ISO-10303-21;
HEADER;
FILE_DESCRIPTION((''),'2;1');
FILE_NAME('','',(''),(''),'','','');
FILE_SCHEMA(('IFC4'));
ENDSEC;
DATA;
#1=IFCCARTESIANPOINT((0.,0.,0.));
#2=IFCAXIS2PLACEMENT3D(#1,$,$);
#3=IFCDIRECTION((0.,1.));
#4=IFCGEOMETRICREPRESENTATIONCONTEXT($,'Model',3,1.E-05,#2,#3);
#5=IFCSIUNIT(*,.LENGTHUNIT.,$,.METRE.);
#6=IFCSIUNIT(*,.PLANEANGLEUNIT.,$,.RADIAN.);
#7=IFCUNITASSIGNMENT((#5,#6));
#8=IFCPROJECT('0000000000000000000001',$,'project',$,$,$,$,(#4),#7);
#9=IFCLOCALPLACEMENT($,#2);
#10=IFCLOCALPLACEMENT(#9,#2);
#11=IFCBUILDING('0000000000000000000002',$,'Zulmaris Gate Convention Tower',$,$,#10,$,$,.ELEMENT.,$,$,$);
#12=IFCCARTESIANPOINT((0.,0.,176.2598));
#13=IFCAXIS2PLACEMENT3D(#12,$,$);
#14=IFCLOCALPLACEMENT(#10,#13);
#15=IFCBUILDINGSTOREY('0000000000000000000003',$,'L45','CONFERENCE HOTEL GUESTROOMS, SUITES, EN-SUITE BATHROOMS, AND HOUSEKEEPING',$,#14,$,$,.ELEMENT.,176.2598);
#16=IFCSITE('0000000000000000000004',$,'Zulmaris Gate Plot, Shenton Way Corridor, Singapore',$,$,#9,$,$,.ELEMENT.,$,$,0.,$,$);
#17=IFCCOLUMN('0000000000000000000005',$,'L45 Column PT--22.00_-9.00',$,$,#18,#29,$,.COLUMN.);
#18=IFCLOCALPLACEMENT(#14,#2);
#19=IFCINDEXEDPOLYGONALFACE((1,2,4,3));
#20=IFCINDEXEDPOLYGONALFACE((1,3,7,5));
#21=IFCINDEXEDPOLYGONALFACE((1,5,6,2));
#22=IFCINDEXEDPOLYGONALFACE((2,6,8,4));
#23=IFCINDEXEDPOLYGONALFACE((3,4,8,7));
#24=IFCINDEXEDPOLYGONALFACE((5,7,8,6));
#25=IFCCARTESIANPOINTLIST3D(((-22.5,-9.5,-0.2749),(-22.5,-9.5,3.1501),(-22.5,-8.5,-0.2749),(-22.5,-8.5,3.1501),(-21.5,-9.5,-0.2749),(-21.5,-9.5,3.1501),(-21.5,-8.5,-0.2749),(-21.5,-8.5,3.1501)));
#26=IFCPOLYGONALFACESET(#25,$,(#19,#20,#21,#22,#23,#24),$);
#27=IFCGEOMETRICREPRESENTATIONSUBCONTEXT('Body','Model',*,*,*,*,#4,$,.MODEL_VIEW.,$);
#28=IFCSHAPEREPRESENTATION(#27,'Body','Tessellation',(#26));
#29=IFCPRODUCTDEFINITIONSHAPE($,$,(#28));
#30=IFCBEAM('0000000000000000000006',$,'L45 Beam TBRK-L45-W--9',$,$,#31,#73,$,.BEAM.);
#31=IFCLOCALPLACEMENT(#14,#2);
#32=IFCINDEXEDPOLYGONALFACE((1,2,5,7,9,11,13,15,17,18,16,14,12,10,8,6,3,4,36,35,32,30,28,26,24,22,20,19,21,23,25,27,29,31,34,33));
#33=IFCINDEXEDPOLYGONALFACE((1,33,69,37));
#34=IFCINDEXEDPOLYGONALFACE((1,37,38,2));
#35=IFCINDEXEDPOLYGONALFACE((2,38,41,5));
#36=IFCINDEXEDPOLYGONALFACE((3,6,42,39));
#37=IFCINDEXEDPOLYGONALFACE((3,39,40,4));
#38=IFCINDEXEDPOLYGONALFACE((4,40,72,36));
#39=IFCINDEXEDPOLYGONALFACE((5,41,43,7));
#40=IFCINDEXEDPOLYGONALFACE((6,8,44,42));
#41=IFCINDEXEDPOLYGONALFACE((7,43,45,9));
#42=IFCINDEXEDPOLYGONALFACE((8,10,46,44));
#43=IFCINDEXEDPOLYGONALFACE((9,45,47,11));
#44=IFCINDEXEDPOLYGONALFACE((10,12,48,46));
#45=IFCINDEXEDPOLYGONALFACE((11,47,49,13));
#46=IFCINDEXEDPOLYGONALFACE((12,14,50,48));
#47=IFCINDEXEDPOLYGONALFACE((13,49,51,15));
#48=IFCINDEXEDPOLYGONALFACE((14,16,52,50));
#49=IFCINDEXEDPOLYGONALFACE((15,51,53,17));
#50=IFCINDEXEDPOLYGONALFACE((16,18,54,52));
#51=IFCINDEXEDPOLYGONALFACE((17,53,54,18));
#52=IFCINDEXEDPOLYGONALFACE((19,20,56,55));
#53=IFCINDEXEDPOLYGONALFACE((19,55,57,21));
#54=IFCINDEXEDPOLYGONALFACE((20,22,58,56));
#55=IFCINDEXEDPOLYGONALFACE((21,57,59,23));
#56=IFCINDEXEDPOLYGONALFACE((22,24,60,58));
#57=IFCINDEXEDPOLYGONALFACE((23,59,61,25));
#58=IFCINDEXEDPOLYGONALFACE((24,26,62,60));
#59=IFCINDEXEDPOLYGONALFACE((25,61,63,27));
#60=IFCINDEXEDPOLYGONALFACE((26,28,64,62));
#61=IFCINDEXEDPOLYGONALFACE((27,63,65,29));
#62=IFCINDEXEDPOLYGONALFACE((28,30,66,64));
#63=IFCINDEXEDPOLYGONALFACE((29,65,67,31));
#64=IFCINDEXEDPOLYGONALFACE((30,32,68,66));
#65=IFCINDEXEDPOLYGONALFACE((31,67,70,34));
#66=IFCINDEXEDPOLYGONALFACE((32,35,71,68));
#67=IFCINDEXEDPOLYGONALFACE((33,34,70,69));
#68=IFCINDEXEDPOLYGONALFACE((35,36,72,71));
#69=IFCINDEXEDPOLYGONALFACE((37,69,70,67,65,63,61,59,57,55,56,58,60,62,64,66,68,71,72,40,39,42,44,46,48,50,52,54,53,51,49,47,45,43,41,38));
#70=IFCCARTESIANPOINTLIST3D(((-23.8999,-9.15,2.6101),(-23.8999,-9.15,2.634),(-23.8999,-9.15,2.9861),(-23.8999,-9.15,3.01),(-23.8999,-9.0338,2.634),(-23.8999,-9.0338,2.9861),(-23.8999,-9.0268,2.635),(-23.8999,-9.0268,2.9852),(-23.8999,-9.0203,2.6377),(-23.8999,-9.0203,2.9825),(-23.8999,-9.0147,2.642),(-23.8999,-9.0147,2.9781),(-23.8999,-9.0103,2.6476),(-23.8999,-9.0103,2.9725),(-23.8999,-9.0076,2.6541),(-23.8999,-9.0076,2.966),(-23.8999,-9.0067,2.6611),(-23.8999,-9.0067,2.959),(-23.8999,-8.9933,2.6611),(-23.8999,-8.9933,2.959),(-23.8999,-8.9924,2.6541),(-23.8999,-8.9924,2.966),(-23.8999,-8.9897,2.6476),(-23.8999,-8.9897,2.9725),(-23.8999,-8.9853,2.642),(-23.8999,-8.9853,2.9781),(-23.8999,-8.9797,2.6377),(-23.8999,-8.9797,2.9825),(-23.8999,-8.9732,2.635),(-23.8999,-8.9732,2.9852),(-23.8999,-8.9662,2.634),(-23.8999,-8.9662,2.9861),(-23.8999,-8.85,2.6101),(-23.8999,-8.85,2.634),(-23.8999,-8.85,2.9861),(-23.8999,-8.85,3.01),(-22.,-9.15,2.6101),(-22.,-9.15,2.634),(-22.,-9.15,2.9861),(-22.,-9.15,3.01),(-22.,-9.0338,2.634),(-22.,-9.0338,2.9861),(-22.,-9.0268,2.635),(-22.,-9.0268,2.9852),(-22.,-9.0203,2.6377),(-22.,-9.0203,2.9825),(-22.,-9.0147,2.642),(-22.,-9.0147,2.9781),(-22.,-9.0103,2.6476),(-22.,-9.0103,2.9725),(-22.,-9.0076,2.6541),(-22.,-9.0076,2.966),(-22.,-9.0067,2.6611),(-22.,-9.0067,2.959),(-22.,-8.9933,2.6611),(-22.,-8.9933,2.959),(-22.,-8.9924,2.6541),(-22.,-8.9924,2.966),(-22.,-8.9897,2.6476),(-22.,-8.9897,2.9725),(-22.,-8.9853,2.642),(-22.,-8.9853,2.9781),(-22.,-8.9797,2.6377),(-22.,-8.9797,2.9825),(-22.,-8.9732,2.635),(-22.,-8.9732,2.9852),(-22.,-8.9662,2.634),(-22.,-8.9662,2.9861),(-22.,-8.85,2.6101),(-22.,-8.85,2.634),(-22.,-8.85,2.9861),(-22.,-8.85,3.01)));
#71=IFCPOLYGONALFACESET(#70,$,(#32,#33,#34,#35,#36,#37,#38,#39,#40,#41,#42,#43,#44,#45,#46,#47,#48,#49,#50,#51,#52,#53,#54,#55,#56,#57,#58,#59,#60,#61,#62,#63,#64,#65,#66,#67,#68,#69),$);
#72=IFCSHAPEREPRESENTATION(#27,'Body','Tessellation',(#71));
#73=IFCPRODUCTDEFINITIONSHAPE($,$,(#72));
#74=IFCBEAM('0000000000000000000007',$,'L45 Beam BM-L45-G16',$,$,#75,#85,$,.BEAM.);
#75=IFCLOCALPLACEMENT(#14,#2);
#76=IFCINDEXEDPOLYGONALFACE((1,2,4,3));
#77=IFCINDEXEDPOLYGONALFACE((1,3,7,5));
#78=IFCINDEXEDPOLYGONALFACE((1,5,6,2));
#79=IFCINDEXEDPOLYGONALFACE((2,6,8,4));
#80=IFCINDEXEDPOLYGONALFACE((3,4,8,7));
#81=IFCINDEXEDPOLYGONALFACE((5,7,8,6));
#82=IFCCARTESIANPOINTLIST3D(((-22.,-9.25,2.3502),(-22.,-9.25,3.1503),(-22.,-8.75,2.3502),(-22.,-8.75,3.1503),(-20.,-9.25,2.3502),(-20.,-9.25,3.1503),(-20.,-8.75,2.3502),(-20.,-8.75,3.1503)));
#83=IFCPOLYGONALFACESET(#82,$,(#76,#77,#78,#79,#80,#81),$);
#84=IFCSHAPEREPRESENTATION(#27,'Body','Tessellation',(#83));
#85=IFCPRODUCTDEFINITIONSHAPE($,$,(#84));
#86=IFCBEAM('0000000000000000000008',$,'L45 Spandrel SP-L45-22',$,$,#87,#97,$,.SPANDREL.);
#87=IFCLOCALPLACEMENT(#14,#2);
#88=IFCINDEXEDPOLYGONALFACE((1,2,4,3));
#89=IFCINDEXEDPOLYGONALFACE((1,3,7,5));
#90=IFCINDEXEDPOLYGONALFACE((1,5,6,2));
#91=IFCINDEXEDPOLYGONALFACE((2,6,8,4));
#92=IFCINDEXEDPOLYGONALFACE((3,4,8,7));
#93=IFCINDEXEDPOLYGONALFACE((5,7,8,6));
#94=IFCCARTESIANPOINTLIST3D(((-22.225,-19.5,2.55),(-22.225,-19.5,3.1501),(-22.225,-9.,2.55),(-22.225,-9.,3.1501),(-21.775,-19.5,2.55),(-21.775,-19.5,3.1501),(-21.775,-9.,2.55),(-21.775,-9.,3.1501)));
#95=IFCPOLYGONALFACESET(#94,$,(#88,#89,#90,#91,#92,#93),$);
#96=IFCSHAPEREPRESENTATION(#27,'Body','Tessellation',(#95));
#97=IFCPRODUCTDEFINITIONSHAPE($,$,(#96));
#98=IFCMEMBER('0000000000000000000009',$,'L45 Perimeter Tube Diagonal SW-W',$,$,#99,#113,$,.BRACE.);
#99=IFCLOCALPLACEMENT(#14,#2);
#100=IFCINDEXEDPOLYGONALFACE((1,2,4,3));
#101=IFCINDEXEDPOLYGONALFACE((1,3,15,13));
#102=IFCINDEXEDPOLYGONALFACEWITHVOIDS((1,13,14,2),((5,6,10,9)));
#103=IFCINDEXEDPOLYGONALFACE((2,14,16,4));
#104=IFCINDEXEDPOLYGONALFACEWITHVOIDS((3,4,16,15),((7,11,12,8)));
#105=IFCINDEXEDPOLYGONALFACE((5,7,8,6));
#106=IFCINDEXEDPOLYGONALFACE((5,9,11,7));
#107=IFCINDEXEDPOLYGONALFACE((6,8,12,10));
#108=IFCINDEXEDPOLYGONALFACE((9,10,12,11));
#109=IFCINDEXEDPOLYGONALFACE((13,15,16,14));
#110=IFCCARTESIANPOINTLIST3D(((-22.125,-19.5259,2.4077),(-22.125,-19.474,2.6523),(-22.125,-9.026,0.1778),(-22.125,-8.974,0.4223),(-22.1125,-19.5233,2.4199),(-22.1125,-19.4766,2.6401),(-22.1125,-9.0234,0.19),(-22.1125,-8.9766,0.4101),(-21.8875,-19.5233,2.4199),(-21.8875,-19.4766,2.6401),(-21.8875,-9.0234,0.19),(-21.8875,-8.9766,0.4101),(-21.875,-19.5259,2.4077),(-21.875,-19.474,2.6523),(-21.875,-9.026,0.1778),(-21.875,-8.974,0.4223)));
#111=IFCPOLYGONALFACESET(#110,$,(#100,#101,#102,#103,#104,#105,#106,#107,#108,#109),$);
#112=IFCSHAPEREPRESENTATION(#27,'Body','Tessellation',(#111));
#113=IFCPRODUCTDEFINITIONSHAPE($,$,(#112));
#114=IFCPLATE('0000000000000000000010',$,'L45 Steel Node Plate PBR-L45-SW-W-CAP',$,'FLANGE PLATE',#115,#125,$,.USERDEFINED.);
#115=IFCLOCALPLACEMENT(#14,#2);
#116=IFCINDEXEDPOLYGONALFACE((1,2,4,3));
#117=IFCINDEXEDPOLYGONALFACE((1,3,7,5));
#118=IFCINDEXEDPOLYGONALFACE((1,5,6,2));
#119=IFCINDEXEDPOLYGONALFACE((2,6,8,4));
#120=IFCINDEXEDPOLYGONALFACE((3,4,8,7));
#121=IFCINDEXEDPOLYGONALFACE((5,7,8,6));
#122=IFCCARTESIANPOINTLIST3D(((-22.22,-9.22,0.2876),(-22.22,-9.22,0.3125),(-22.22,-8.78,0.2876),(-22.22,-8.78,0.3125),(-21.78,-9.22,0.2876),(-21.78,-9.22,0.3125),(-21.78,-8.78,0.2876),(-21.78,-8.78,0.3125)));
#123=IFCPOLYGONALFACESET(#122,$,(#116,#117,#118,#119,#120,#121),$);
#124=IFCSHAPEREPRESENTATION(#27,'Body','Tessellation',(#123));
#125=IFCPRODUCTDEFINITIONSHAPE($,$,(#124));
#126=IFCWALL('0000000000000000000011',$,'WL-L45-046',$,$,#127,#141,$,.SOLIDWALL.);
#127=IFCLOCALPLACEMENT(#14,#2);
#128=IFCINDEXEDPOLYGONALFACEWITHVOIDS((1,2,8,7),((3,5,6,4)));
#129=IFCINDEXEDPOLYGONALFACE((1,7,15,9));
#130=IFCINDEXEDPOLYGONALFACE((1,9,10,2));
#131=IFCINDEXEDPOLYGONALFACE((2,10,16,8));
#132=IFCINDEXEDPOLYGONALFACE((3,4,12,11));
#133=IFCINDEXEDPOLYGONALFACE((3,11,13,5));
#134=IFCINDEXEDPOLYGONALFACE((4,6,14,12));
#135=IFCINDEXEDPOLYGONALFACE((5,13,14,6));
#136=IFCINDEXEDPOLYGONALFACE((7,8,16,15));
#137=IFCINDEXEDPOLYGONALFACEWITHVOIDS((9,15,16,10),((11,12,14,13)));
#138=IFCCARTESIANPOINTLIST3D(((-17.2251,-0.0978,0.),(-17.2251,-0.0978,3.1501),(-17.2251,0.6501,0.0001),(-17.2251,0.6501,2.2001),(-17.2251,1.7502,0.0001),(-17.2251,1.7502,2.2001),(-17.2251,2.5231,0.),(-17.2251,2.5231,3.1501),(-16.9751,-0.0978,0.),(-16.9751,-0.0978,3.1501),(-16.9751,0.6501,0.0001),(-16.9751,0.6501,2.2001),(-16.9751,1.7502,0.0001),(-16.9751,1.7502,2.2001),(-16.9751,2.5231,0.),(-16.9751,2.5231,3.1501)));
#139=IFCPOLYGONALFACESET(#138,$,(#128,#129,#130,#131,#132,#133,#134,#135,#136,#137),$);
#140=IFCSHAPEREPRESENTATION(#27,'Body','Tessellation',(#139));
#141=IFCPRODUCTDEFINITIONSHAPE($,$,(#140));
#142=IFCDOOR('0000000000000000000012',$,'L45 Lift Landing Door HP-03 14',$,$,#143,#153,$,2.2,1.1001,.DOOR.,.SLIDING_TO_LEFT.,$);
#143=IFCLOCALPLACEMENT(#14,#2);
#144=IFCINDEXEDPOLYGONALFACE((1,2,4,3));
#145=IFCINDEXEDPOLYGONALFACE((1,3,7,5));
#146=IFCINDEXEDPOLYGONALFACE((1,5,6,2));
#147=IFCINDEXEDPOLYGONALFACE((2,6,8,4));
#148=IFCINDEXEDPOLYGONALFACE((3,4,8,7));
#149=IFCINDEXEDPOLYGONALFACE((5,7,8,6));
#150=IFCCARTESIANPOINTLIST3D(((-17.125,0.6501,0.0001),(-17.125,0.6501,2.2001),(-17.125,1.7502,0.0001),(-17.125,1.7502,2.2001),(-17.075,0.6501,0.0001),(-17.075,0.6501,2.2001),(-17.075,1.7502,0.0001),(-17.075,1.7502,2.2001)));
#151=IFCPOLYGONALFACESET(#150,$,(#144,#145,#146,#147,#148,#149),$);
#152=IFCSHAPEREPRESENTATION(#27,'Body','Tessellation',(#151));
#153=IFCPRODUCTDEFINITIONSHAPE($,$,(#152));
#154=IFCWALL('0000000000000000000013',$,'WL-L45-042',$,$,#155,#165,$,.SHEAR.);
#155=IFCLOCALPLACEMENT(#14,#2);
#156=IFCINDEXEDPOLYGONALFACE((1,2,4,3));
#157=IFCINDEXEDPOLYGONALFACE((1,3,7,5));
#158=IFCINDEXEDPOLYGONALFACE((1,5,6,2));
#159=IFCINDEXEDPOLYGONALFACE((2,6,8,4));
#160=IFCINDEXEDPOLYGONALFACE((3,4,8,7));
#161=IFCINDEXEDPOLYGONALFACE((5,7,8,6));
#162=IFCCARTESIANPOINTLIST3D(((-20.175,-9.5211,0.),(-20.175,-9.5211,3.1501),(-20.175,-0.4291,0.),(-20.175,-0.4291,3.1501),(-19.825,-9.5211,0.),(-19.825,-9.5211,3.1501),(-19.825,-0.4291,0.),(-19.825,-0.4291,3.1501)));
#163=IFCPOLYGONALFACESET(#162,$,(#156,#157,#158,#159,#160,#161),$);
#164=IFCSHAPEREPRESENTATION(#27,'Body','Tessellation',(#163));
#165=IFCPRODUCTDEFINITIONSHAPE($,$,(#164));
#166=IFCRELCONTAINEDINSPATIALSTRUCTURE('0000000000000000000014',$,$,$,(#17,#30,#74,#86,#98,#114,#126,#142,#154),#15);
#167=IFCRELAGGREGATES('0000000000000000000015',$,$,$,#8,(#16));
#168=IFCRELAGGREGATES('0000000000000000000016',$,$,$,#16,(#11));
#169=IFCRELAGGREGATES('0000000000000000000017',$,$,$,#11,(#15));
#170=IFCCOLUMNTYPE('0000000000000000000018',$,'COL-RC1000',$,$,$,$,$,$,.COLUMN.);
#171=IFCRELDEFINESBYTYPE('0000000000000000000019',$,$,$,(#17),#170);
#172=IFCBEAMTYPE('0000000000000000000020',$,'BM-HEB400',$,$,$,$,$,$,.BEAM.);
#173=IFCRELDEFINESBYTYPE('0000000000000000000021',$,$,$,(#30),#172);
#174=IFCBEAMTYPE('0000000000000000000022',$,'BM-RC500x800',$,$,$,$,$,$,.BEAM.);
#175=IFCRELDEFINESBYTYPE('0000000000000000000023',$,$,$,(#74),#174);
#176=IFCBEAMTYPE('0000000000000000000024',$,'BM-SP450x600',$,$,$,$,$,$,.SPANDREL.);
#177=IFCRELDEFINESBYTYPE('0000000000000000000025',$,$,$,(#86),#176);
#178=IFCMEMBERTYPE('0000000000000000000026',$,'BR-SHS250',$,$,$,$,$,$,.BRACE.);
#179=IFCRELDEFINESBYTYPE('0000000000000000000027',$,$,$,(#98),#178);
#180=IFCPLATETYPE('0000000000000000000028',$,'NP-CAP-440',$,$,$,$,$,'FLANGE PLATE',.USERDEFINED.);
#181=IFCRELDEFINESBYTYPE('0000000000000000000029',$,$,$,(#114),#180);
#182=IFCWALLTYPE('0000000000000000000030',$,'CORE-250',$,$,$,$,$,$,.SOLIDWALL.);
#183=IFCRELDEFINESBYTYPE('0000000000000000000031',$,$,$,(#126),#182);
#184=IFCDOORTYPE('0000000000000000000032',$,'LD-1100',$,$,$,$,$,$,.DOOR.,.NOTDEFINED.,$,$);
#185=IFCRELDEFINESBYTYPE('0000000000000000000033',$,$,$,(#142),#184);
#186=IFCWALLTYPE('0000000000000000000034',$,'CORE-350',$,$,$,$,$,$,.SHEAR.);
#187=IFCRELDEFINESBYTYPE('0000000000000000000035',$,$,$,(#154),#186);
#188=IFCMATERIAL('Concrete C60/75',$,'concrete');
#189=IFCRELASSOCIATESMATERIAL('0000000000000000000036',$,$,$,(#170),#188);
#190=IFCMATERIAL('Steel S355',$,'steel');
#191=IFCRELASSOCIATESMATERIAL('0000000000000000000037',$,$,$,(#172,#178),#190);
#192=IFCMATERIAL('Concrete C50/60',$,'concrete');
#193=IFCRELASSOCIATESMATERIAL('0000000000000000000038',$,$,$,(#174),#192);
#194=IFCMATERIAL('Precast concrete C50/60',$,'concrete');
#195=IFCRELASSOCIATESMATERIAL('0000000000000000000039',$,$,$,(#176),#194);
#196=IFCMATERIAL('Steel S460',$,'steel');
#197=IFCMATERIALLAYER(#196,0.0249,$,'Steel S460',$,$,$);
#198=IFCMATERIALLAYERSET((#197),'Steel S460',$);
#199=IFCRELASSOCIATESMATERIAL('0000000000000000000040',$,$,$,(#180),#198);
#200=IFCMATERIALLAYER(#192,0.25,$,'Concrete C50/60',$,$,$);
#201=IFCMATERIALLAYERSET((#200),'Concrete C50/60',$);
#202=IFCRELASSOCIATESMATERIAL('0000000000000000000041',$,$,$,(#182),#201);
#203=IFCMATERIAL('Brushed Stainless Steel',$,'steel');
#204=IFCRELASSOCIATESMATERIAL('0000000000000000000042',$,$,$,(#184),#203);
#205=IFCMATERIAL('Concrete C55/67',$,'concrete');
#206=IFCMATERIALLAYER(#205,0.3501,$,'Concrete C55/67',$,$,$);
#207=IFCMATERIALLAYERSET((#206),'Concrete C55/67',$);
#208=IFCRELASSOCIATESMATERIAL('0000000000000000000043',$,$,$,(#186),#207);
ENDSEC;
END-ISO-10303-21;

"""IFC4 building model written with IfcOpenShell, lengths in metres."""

from ifc_helpers import new_model, si_unit, direction, frame, frame_2d, origin, origin_2d, place, context, subcontext, project, spatial, rectangle, hollow_rectangle, i_section, extrude, material, layer, layer_set, material_profile, profile_set, type_object, element, fill, save


model = new_model("IFC4")

# Units and contexts
model_context = context("Model", 3, precision=1e-05, world=origin(), true_north=direction((0.0, 1.0)))
body_context = subcontext(model_context, "Body", "Model", "MODEL_VIEW")
ifc_project = project(units=[si_unit("LENGTHUNIT", "METRE"), si_unit("PLANEANGLEUNIT", "RADIAN")], contexts=[model_context])

# Site, building, storey
site_placement = place(None, origin())
site = spatial("IfcSite", under=ifc_project, at=site_placement, Name="Zulmaris Gate Plot, Shenton Way Corridor, Singapore", CompositionType="ELEMENT", RefElevation=0.0)
building_placement = place(site_placement, origin())
building = spatial("IfcBuilding", under=site, at=building_placement, Name="Zulmaris Gate Convention Tower", CompositionType="ELEMENT")
storey_placement = place(building_placement, frame((0.0, 0.0, 176.2598)))
storey = spatial("IfcBuildingStorey", under=building, at=storey_placement, Name="L45", Description="CONFERENCE HOTEL GUESTROOMS, SUITES, EN-SUITE BATHROOMS, AND HOUSEKEEPING", CompositionType="ELEMENT", Elevation=176.2598)

# Column
ifc_material_1 = material(Name="Concrete C60/75", Category="concrete")
ifc_material_profile_1 = material_profile(ifc_material_1, rectangle(XDim=1.0, YDim=1.0, at=origin_2d()), Name="RC COL 1000x1000")
ifc_profile_set_1 = profile_set([ifc_material_profile_1], Name="Concrete C60/75")
column_type = type_object("IfcColumnType", Name="COL-RC1000", PredefinedType="COLUMN", material=ifc_profile_set_1)
column_placement = place(storey_placement, frame((-22.0, -9.0, -0.2749), z_axis=(0.0, 0.0, 1.0), x_axis=(1.0, 0.0, 0.0)))
element("IfcColumn", 1, at=column_placement, inside=storey, type_object=column_type, Name="L45 Column PT--22.00_-9.00", PredefinedType="COLUMN", context=body_context, shape_type="SweptSolid", body=[
    extrude(rectangle(XDim=1.0, YDim=1.0, at=origin_2d()), origin(), (0.0, 0.0, 1.0), 3.425),
])

# Beams
ifc_material_2 = material(Name="Steel S355", Category="steel")
ifc_material_profile_2 = material_profile(ifc_material_2, i_section(OverallWidth=0.3, OverallDepth=0.3999, WebThickness=0.0134, FlangeThickness=0.0239, FilletRadius=0.0271, at=origin_2d()), Name="HEB 400")
ifc_profile_set_2 = profile_set([ifc_material_profile_2], Name="Steel S355")
beam_type_1 = type_object("IfcBeamType", Name="BM-HEB400", PredefinedType="BEAM", material=ifc_profile_set_2)
beam_1_placement = place(storey_placement, frame((-23.8999, -9.0, 2.8101), z_axis=(1.0, 0.0, 0.0), x_axis=(0.0, 1.0, 0.0)))
element("IfcBeam", 2, at=beam_1_placement, inside=storey, type_object=beam_type_1, Name="L45 Beam TBRK-L45-W--9", PredefinedType="BEAM", context=body_context, shape_type="SweptSolid", body=[
    extrude(i_section(OverallWidth=0.3, OverallDepth=0.3999, WebThickness=0.0134, FlangeThickness=0.0239, FilletRadius=0.0271, at=origin_2d()), origin(), (0.0, 0.0, 1.0), 1.8999),
])
ifc_material_3 = material(Name="Concrete C50/60", Category="concrete")
ifc_material_profile_3 = material_profile(ifc_material_3, rectangle(XDim=0.5, YDim=0.8, at=origin_2d()), Name="RC BEAM 500x800")
ifc_profile_set_3 = profile_set([ifc_material_profile_3], Name="Concrete C50/60")
beam_type_2 = type_object("IfcBeamType", Name="BM-RC500x800", PredefinedType="BEAM", material=ifc_profile_set_3)
beam_2_placement = place(storey_placement, frame((-22.0, -9.0, 2.7502), z_axis=(1.0, 0.0, 0.0), x_axis=(0.0, 1.0, 0.0)))
element("IfcBeam", 3, at=beam_2_placement, inside=storey, type_object=beam_type_2, Name="L45 Beam BM-L45-G16", PredefinedType="BEAM", context=body_context, shape_type="SweptSolid", body=[
    extrude(rectangle(XDim=0.5, YDim=0.8, at=origin_2d()), origin(), (0.0, 0.0, 1.0), 2.0),
])
ifc_material_4 = material(Name="Precast concrete C50/60", Category="concrete")
ifc_material_profile_4 = material_profile(ifc_material_4, rectangle(XDim=0.45, YDim=0.6001, at=origin_2d()), Name="RC SPANDREL 450x600")
ifc_profile_set_4 = profile_set([ifc_material_profile_4], Name="Precast concrete C50/60")
beam_type_3 = type_object("IfcBeamType", Name="BM-SP450x600", PredefinedType="SPANDREL", material=ifc_profile_set_4)
beam_3_placement = place(storey_placement, frame((-22.0, -9.0, 2.8501), z_axis=(0.0, -1.0, 0.0), x_axis=(1.0, 0.0, 0.0)))
element("IfcBeam", 4, at=beam_3_placement, inside=storey, type_object=beam_type_3, Name="L45 Spandrel SP-L45-22", PredefinedType="SPANDREL", context=body_context, shape_type="SweptSolid", body=[
    extrude(rectangle(XDim=0.45, YDim=0.6001, at=origin_2d()), origin(), (0.0, 0.0, 1.0), 10.5),
])

# Member
ifc_material_profile_5 = material_profile(ifc_material_2, hollow_rectangle(XDim=0.25, YDim=0.25, WallThickness=0.0125, at=origin_2d()), Name="SHS 250x250x12.5")
ifc_profile_set_5 = profile_set([ifc_material_profile_5], Name="Steel S355")
member_type = type_object("IfcMemberType", Name="BR-SHS250", PredefinedType="BRACE", material=ifc_profile_set_5)
member_placement = place(storey_placement, frame((-22.0, -9.0, 0.3), z_axis=(0.0, -0.978183, 0.207746), x_axis=(1.0, 0.0, 0.0)))
element("IfcMember", 5, at=member_placement, inside=storey, type_object=member_type, Name="L45 Perimeter Tube Diagonal SW-W", PredefinedType="BRACE", context=body_context, shape_type="SweptSolid", body=[
    extrude(hollow_rectangle(XDim=0.25, YDim=0.25, WallThickness=0.0125, at=origin_2d()), origin(), (0.0, 0.0, 1.0), 10.7341),
])

# Plate
ifc_material_5 = material(Name="Steel S460", Category="steel")
ifc_layer_1 = layer(ifc_material_5, 0.0249, Name="Steel S460")
ifc_layer_set_1 = layer_set([ifc_layer_1], Name="Steel S460")
plate_type = type_object("IfcPlateType", Name="NP-CAP-440", ElementType="FLANGE PLATE", PredefinedType="USERDEFINED", material=ifc_layer_set_1)
plate_placement = place(storey_placement, frame((-22.0, -9.0, 0.2876), z_axis=(0.0, 0.0, 1.0), x_axis=(1.0, 0.0, 0.0)))
element("IfcPlate", 6, at=plate_placement, inside=storey, type_object=plate_type, Name="L45 Steel Node Plate PBR-L45-SW-W-CAP", ObjectType="FLANGE PLATE", PredefinedType="USERDEFINED", context=body_context, shape_type="SweptSolid", body=[
    extrude(rectangle(XDim=0.4399, YDim=0.4399, at=origin_2d()), origin(), (0.0, 0.0, 1.0), 0.0249),
])

# Wall, opening, door
ifc_layer_2 = layer(ifc_material_3, 0.25, Name="Concrete C50/60")
ifc_layer_set_2 = layer_set([ifc_layer_2], Name="Concrete C50/60")
wall_type_1 = type_object("IfcWallType", Name="CORE-250", PredefinedType="SOLIDWALL", material=ifc_layer_set_2)
wall_1_placement = place(storey_placement, frame((-17.1001, -0.0979, 0.0), z_axis=(0.0, 0.0, 1.0), x_axis=(0.0, 1.0, 0.0)))
wall_1 = element("IfcWall", 7, at=wall_1_placement, inside=storey, type_object=wall_type_1, Name="WL-L45-046", PredefinedType="SOLIDWALL", context=body_context, shape_type="SweptSolid", body=[
    extrude(rectangle(XDim=2.6208, YDim=0.25, at=frame_2d((1.3105, 0.0))), origin(), (0.0, 0.0, 1.0), 3.1501),
])
opening_1_placement = place(wall_1_placement, frame((0.748, 0.0, 0.0)))
opening_1 = element("IfcOpeningElement", 8, at=opening_1_placement, cuts=wall_1, PredefinedType="OPENING", context=body_context, shape_type="SweptSolid", body=[
    extrude(rectangle(XDim=1.1001, YDim=2.2, at=frame_2d((0.55, 1.1001))), frame((0.0, 0.135, 0.0), z_axis=(0.0, -1.0, 0.0), x_axis=(1.0, 0.0, 0.0)), (0.0, 0.0, 1.0), 0.27),
])
ifc_material_6 = material(Name="Brushed Stainless Steel", Category="steel")
door_type_1 = type_object("IfcDoorType", Name="LD-1100", OperationType="NOTDEFINED", PredefinedType="DOOR", material=ifc_material_6)
door_1_placement = place(opening_1_placement, origin())
door_1 = element("IfcDoor", 9, at=door_1_placement, inside=storey, type_object=door_type_1, Name="L45 Lift Landing Door HP-03 14", OperationType="SLIDING_TO_LEFT", OverallHeight=2.2, OverallWidth=1.1001, PredefinedType="DOOR", context=body_context, shape_type="SweptSolid", body=[
    extrude(rectangle(XDim=1.1001, YDim=2.2, at=frame_2d((0.55, 1.1001))), frame((0.0, 0.0249, 0.0), z_axis=(0.0, -1.0, 0.0), x_axis=(1.0, 0.0, 0.0)), (0.0, 0.0, 1.0), 0.05),
])
fill(opening_1, door_1)

# Wall
ifc_material_7 = material(Name="Concrete C55/67", Category="concrete")
ifc_layer_3 = layer(ifc_material_7, 0.3501, Name="Concrete C55/67")
ifc_layer_set_3 = layer_set([ifc_layer_3], Name="Concrete C55/67")
wall_type_2 = type_object("IfcWallType", Name="CORE-350", PredefinedType="SHEAR", material=ifc_layer_set_3)
wall_2_placement = place(storey_placement, frame((-20.0, -9.521, 0.0), z_axis=(0.0, 0.0, 1.0), x_axis=(0.0, 1.0, 0.0)))
element("IfcWall", 10, at=wall_2_placement, inside=storey, type_object=wall_type_2, Name="WL-L45-042", PredefinedType="SHEAR", context=body_context, shape_type="SweptSolid", body=[
    extrude(rectangle(XDim=9.092, YDim=0.3501, at=frame_2d((4.5459, 0.0))), origin(), (0.0, 0.0, 1.0), 3.1501),
])

save(model, "model.ifc")
